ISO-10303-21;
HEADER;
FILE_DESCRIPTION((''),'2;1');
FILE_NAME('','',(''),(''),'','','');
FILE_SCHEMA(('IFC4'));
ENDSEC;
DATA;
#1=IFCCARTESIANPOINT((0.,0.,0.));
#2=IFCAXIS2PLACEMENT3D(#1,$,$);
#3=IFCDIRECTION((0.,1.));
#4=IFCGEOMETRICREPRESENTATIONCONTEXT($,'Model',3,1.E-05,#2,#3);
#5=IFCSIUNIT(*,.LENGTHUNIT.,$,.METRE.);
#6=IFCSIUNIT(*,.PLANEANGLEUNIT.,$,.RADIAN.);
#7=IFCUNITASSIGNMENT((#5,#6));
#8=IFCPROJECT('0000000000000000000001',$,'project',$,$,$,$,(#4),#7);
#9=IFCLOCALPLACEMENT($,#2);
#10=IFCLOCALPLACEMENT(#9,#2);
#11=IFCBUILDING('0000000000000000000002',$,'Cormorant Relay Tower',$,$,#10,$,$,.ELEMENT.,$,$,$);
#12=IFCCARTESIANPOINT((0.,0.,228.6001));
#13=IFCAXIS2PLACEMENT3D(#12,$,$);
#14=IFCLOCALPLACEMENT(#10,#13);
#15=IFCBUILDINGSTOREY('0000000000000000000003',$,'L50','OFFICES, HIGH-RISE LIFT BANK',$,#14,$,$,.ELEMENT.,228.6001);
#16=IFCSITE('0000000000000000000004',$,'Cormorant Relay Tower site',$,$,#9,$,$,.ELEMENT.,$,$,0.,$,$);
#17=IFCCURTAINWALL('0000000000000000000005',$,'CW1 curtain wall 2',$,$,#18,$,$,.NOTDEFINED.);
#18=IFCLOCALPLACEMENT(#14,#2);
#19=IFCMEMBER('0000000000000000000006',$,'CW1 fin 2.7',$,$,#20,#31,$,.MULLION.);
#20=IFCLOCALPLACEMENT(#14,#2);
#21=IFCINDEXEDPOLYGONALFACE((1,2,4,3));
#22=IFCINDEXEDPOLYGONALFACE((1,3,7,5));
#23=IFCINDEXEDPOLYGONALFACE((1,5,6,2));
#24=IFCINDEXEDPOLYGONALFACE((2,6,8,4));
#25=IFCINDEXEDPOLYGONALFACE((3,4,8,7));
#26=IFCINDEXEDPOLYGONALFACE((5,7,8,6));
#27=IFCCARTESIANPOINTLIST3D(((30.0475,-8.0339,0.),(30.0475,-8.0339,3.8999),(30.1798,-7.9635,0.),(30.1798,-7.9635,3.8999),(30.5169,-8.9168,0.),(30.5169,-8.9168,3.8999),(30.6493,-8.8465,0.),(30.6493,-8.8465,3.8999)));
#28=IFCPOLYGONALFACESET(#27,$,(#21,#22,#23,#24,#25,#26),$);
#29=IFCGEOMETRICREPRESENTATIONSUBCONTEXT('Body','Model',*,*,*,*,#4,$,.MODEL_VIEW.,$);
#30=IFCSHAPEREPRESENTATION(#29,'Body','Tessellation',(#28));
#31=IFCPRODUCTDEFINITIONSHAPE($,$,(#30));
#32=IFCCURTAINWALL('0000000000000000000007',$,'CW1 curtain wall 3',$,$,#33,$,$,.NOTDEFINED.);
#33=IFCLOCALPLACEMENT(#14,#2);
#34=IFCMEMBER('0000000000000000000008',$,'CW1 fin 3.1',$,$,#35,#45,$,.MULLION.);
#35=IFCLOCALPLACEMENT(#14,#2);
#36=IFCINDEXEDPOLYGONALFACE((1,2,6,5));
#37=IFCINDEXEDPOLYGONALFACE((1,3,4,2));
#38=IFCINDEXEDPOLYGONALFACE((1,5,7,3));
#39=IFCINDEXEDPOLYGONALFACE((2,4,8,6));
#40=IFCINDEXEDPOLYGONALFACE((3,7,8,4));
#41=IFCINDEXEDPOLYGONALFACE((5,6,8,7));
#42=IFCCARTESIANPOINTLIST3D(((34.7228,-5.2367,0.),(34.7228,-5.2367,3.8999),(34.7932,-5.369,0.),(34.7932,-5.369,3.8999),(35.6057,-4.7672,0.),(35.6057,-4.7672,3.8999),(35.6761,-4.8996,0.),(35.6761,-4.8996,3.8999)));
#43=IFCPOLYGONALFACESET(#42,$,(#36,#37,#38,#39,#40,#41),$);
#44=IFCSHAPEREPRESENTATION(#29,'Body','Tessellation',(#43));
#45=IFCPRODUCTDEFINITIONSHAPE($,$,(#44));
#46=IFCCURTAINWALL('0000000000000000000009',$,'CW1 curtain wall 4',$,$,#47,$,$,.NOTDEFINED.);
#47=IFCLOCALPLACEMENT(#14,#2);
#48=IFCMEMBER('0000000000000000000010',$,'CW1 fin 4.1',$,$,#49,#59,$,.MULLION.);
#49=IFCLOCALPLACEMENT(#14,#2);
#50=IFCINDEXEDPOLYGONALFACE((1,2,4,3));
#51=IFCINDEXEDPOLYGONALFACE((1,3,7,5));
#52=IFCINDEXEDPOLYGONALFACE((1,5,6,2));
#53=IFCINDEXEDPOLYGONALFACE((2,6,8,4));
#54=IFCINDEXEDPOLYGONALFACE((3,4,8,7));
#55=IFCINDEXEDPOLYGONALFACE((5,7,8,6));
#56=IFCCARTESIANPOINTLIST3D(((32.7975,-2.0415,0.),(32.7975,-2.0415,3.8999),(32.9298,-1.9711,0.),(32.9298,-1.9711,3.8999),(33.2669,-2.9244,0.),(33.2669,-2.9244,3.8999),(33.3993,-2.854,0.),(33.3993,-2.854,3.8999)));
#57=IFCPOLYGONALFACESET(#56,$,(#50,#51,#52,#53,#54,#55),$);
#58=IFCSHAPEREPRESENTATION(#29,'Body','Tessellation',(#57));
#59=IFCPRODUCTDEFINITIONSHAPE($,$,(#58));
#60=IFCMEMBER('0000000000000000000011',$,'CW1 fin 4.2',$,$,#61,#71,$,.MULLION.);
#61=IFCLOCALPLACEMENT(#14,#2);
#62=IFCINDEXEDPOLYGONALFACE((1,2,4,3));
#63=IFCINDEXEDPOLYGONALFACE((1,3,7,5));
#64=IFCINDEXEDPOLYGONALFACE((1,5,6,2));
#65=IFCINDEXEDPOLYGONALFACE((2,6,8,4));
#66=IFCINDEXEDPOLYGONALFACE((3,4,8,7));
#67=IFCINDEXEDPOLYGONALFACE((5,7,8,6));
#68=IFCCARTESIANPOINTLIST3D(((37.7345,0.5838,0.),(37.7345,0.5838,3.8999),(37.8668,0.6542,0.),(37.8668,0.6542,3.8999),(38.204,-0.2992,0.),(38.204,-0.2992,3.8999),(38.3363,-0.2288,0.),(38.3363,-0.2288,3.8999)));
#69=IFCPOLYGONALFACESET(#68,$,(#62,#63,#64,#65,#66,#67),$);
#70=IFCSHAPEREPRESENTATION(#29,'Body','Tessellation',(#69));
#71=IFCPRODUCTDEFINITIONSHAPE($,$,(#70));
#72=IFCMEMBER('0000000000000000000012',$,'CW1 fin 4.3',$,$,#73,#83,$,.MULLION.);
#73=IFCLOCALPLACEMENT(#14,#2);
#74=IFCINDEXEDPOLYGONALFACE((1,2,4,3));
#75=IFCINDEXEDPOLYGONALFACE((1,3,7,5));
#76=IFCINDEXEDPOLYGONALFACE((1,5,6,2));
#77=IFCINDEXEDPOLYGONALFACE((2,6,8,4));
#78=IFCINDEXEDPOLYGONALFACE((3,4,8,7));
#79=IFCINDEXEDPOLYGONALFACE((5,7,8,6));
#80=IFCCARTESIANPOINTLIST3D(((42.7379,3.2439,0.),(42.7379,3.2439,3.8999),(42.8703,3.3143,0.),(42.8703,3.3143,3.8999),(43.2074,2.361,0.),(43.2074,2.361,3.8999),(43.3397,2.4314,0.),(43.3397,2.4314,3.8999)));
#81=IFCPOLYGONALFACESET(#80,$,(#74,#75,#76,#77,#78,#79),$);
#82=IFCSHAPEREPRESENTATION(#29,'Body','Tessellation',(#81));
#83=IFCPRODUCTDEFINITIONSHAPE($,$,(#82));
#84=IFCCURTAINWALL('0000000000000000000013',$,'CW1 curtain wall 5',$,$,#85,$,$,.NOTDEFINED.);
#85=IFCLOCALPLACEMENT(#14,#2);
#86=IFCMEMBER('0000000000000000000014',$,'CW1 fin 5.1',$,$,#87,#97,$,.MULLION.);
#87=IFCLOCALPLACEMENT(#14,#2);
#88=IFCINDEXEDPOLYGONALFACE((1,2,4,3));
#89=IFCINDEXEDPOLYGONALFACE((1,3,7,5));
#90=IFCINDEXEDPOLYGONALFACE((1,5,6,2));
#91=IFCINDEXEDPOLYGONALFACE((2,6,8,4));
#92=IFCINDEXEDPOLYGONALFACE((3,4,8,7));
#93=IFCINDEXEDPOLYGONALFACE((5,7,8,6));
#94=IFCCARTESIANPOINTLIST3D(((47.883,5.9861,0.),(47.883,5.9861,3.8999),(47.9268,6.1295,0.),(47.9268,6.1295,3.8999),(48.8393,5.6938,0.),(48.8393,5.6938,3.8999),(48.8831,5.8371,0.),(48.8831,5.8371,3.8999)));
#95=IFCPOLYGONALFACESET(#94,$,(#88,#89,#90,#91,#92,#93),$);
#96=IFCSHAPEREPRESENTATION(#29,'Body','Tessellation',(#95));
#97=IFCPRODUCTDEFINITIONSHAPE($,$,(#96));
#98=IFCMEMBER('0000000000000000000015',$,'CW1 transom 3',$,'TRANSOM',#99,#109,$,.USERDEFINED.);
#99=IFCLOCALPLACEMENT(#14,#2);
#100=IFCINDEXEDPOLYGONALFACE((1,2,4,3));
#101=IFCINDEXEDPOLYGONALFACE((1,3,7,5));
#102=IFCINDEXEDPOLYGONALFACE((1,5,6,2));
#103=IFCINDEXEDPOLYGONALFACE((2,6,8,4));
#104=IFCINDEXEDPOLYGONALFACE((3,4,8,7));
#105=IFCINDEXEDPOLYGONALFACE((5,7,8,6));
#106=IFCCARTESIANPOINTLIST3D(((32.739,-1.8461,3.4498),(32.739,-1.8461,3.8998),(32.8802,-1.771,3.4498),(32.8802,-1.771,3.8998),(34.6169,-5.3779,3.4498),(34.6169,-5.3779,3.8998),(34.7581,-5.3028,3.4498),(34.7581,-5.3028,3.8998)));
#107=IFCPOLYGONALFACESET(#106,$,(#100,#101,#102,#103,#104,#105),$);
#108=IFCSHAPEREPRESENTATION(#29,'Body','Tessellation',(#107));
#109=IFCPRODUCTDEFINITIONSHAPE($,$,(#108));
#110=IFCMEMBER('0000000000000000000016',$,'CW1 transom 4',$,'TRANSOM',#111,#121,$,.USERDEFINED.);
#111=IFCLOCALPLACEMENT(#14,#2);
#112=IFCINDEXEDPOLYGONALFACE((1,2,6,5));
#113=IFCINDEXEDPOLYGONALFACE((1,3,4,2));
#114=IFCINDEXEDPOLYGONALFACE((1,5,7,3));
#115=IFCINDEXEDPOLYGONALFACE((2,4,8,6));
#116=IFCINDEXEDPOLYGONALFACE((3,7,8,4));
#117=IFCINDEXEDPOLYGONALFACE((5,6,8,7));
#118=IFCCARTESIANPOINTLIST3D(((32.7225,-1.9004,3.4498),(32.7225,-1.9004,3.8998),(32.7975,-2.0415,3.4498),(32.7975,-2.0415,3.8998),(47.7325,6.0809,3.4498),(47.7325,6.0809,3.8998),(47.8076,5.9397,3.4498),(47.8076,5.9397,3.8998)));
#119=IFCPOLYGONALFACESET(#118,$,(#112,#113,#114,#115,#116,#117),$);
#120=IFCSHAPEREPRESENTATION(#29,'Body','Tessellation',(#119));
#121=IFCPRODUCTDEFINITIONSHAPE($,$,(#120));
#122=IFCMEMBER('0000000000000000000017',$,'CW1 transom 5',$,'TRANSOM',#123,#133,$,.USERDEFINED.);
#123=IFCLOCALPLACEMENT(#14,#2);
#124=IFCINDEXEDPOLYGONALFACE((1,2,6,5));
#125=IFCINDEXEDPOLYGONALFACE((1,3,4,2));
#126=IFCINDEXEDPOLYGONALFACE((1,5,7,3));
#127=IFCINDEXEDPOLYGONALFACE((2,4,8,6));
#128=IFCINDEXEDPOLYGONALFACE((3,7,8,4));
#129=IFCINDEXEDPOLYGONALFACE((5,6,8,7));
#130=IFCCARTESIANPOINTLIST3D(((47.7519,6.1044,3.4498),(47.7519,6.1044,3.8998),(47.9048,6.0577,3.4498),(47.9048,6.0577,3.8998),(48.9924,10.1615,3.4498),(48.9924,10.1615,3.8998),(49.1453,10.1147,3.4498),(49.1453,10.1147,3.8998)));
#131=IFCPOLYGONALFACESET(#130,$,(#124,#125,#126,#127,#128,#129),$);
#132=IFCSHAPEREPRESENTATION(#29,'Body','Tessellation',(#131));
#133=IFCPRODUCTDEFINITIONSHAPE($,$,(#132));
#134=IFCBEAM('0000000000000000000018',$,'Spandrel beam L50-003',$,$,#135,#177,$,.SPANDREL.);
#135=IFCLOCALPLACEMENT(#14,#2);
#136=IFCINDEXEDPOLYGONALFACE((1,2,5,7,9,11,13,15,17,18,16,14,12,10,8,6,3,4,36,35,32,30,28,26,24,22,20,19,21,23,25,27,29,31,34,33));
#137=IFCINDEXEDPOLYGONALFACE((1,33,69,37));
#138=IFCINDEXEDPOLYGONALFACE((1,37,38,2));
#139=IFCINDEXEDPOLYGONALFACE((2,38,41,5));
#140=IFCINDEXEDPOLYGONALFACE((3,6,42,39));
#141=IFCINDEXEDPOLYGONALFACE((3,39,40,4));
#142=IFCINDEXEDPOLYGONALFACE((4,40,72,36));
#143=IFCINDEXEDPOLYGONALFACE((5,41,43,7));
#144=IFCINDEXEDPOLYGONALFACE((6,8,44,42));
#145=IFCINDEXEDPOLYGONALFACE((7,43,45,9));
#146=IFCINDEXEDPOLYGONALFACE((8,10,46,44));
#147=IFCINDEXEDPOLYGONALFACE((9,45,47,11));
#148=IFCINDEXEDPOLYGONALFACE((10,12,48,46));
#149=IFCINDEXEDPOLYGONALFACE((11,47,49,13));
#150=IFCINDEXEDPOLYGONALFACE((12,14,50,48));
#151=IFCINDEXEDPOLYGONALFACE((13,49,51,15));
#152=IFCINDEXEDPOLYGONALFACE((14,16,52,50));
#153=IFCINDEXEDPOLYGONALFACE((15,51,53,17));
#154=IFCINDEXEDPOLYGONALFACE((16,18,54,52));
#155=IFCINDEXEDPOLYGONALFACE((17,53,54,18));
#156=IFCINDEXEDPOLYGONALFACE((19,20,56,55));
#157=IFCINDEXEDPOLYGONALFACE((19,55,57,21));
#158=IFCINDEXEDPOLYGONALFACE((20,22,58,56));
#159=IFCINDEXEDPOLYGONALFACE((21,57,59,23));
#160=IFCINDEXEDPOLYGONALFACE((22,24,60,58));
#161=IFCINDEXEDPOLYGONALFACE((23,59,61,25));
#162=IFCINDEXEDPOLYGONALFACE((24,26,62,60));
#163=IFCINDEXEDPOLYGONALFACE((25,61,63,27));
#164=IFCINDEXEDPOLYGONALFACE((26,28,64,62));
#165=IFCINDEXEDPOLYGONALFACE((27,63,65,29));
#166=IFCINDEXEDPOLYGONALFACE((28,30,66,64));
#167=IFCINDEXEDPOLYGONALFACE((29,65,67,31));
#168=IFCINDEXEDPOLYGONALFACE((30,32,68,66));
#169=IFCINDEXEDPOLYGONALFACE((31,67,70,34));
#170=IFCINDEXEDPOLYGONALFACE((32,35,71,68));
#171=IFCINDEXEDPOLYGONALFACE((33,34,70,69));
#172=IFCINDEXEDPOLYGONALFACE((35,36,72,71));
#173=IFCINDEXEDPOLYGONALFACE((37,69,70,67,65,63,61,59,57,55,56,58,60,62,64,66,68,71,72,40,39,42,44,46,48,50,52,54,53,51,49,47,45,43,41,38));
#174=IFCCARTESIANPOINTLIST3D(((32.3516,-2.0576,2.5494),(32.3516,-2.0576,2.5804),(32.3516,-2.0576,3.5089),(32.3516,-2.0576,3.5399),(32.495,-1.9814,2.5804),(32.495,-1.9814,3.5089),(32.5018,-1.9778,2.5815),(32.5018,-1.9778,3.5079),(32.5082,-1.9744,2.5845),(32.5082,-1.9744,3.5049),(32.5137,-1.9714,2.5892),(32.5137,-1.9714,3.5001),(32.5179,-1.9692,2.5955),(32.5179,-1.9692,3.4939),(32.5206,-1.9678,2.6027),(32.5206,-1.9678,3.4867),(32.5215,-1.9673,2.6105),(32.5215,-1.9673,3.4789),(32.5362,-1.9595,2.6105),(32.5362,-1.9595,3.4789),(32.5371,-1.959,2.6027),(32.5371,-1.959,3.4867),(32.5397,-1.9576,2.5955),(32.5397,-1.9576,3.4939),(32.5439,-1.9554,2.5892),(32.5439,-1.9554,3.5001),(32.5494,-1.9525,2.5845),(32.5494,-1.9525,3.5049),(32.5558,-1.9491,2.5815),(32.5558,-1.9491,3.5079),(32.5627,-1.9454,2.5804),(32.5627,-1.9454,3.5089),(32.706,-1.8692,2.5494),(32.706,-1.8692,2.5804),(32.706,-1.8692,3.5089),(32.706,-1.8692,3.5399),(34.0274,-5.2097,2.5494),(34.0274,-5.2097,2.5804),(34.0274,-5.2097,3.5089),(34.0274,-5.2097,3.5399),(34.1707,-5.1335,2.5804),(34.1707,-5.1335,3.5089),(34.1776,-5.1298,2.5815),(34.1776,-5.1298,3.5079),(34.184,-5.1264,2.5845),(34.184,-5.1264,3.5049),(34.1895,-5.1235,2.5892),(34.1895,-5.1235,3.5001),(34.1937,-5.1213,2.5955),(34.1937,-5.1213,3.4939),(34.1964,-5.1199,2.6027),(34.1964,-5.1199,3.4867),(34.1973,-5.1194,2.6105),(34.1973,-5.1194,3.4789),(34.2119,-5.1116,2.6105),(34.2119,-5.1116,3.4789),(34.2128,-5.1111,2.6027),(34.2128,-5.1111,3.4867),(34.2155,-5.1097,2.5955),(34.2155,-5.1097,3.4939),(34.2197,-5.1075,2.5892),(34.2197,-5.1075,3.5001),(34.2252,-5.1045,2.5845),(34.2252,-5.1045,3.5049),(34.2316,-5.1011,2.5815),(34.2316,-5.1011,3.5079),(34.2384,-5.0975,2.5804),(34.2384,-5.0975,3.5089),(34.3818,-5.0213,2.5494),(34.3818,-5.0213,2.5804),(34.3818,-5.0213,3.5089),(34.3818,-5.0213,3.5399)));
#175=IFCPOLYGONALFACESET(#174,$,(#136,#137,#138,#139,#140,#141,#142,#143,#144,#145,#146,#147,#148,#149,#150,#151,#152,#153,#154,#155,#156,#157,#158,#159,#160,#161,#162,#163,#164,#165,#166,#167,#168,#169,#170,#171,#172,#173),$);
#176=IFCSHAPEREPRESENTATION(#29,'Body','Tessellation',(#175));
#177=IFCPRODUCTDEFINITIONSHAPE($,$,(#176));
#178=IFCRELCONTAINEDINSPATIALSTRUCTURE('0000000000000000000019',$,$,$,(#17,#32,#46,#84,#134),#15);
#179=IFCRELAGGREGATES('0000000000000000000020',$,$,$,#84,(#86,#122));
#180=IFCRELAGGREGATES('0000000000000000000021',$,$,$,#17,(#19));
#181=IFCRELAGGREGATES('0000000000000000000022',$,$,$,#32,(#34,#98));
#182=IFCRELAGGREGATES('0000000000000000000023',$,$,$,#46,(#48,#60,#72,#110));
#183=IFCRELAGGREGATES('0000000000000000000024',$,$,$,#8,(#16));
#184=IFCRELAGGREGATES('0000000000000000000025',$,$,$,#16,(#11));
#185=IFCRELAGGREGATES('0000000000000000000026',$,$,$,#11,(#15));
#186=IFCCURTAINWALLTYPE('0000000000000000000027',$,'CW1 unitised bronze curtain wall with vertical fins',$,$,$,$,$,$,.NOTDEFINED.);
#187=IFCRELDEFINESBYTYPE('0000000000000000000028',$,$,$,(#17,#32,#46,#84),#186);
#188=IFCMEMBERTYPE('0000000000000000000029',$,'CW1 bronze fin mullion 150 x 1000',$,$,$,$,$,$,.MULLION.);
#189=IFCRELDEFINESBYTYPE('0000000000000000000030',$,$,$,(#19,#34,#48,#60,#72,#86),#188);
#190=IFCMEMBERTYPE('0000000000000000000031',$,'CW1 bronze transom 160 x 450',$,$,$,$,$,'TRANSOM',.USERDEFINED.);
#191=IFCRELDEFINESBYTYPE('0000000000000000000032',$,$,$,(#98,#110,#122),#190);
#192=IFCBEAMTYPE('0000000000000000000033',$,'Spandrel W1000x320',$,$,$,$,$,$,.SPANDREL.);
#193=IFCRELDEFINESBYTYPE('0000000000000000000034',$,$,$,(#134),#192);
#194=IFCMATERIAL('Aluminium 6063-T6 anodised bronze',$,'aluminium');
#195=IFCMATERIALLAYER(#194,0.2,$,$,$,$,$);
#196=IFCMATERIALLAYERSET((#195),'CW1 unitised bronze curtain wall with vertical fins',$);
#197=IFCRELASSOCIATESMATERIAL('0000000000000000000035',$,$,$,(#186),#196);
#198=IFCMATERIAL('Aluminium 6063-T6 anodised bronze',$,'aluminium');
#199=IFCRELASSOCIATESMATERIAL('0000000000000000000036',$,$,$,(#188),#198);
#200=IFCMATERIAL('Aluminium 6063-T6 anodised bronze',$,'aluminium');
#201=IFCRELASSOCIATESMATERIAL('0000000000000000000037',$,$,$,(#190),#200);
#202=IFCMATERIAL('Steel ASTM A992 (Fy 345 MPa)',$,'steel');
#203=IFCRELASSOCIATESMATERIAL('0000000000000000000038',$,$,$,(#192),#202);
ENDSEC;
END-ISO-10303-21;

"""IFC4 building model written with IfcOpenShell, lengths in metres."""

from ifc_helpers import new_model, si_unit, direction, frame, origin, origin_2d, place, context, subcontext, project, spatial, rectangle, i_section, extrude, material, layer, layer_set, material_profile, profile_set, type_object, element, aggregate, save


model = new_model("IFC4")

# Units and contexts
model_context = context("Model", 3, precision=1e-05, world=origin(), true_north=direction((0.0, 1.0)))
body_context = subcontext(model_context, "Body", "Model", "MODEL_VIEW")
ifc_project = project(units=[si_unit("LENGTHUNIT", "METRE"), si_unit("PLANEANGLEUNIT", "RADIAN")], contexts=[model_context])

# Site, building, storey
site_placement = place(None, origin())
site = spatial("IfcSite", under=ifc_project, at=site_placement, Name="Cormorant Relay Tower site", CompositionType="ELEMENT", RefElevation=0.0)
building_placement = place(site_placement, origin())
building = spatial("IfcBuilding", under=site, at=building_placement, Name="Cormorant Relay Tower", CompositionType="ELEMENT")
storey_placement = place(building_placement, frame((0.0, 0.0, 228.6001)))
storey = spatial("IfcBuildingStorey", under=building, at=storey_placement, Name="L50", Description="OFFICES, HIGH-RISE LIFT BANK", CompositionType="ELEMENT", Elevation=228.6001)

# Curtain walls, members
ifc_material_1 = material(Name="Aluminium 6063-T6 anodised bronze", Category="aluminium")
ifc_layer_1 = layer(ifc_material_1, 0.2)
ifc_layer_set_1 = layer_set([ifc_layer_1], Name="CW1 unitised bronze curtain wall with vertical fins")
curtain_wall_type = type_object("IfcCurtainWallType", Name="CW1 unitised bronze curtain wall with vertical fins", PredefinedType="NOTDEFINED", material=ifc_layer_set_1)
curtain_wall_1_placement = place(storey_placement, origin())
curtain_wall_1 = element("IfcCurtainWall", 1, at=curtain_wall_1_placement, inside=storey, type_object=curtain_wall_type, Name="CW1 curtain wall 2", PredefinedType="NOTDEFINED")
ifc_material_2 = material(Name="Aluminium 6063-T6 anodised bronze", Category="aluminium")
ifc_material_profile_1 = material_profile(ifc_material_2, rectangle(XDim=0.1499, YDim=1.0, at=origin_2d()), Name="AL 150x1000")
ifc_profile_set_1 = profile_set([ifc_material_profile_1], Name="Aluminium 6063-T6 anodised bronze")
member_type_1 = type_object("IfcMemberType", Name="CW1 bronze fin mullion 150 x 1000", PredefinedType="MULLION", material=ifc_profile_set_1)
member_1_placement = place(storey_placement, frame((30.3484, -8.4402, 0.0), z_axis=(0.0, 0.0, 1.0), x_axis=(0.882948, 0.469472, 0.0)))
member_1 = element("IfcMember", 2, at=member_1_placement, type_object=member_type_1, Name="CW1 fin 2.7", PredefinedType="MULLION", context=body_context, shape_type="SweptSolid", body=[
    extrude(rectangle(XDim=0.1499, YDim=1.0, at=origin_2d()), origin(), (0.0, 0.0, 1.0), 3.8999),
])
curtain_wall_2_placement = place(storey_placement, origin())
curtain_wall_2 = element("IfcCurtainWall", 3, at=curtain_wall_2_placement, inside=storey, type_object=curtain_wall_type, Name="CW1 curtain wall 3", PredefinedType="NOTDEFINED")
member_2_placement = place(storey_placement, frame((35.1995, -5.0681, 0.0), z_axis=(0.0, 0.0, 1.0), x_axis=(-0.469472, 0.882948, 0.0)))
member_2 = element("IfcMember", 4, at=member_2_placement, type_object=member_type_1, Name="CW1 fin 3.1", PredefinedType="MULLION", context=body_context, shape_type="SweptSolid", body=[
    extrude(rectangle(XDim=0.1499, YDim=1.0, at=origin_2d()), origin(), (0.0, 0.0, 1.0), 3.8999),
])

# Curtain wall, members
curtain_wall_3_placement = place(storey_placement, origin())
curtain_wall_3 = element("IfcCurtainWall", 5, at=curtain_wall_3_placement, inside=storey, type_object=curtain_wall_type, Name="CW1 curtain wall 4", PredefinedType="NOTDEFINED")
member_3_placement = place(storey_placement, frame((33.0984, -2.4478, 0.0), z_axis=(0.0, 0.0, 1.0), x_axis=(0.882948, 0.469472, 0.0)))
member_3 = element("IfcMember", 6, at=member_3_placement, type_object=member_type_1, Name="CW1 fin 4.1", PredefinedType="MULLION", context=body_context, shape_type="SweptSolid", body=[
    extrude(rectangle(XDim=0.1499, YDim=1.0, at=origin_2d()), origin(), (0.0, 0.0, 1.0), 3.8999),
])
member_4_placement = place(storey_placement, frame((38.0354, 0.1775, 0.0), z_axis=(0.0, 0.0, 1.0), x_axis=(0.882948, 0.469472, 0.0)))
member_4 = element("IfcMember", 7, at=member_4_placement, type_object=member_type_1, Name="CW1 fin 4.2", PredefinedType="MULLION", context=body_context, shape_type="SweptSolid", body=[
    extrude(rectangle(XDim=0.1499, YDim=1.0, at=origin_2d()), origin(), (0.0, 0.0, 1.0), 3.8999),
])
member_5_placement = place(storey_placement, frame((43.0388, 2.8376, 0.0), z_axis=(0.0, 0.0, 1.0), x_axis=(0.882948, 0.469472, 0.0)))
member_5 = element("IfcMember", 8, at=member_5_placement, type_object=member_type_1, Name="CW1 fin 4.3", PredefinedType="MULLION", context=body_context, shape_type="SweptSolid", body=[
    extrude(rectangle(XDim=0.1499, YDim=1.0, at=origin_2d()), origin(), (0.0, 0.0, 1.0), 3.8999),
])

# Curtain wall, member
curtain_wall_4_placement = place(storey_placement, origin())
curtain_wall_4 = element("IfcCurtainWall", 9, at=curtain_wall_4_placement, inside=storey, type_object=curtain_wall_type, Name="CW1 curtain wall 5", PredefinedType="NOTDEFINED")
member_6_placement = place(storey_placement, frame((48.3831, 5.9116, 0.0), z_axis=(0.0, 0.0, 1.0), x_axis=(0.292372, 0.956305, 0.0)))
member_6 = element("IfcMember", 10, at=member_6_placement, type_object=member_type_1, Name="CW1 fin 5.1", PredefinedType="MULLION", context=body_context, shape_type="SweptSolid", body=[
    extrude(rectangle(XDim=0.1499, YDim=1.0, at=origin_2d()), origin(), (0.0, 0.0, 1.0), 3.8999),
])

# Members
ifc_material_3 = material(Name="Aluminium 6063-T6 anodised bronze", Category="aluminium")
ifc_material_profile_2 = material_profile(ifc_material_3, rectangle(XDim=0.1599, YDim=0.45, at=origin_2d()), Name="AL 160x450")
ifc_profile_set_2 = profile_set([ifc_material_profile_2], Name="Aluminium 6063-T6 anodised bronze")
member_type_2 = type_object("IfcMemberType", Name="CW1 bronze transom 160 x 450", ElementType="TRANSOM", PredefinedType="USERDEFINED", material=ifc_profile_set_2)
member_7_placement = place(storey_placement, frame((34.6875, -5.3403, 3.6748), z_axis=(-0.469485, 0.88294, 0.0), x_axis=(-0.88294, -0.469485, 0.0)))
member_7 = element("IfcMember", 11, at=member_7_placement, type_object=member_type_2, Name="CW1 transom 3", ObjectType="TRANSOM", PredefinedType="USERDEFINED", context=body_context, shape_type="SweptSolid", body=[
    extrude(rectangle(XDim=0.1599, YDim=0.45, at=origin_2d()), origin(), (0.0, 0.0, 1.0), 4.0),
])
member_8_placement = place(storey_placement, frame((32.76, -1.9709, 3.6748), z_axis=(0.882942, 0.469482, 0.0), x_axis=(-0.469482, 0.882942, 0.0)))
member_8 = element("IfcMember", 12, at=member_8_placement, type_object=member_type_2, Name="CW1 transom 4", ObjectType="TRANSOM", PredefinedType="USERDEFINED", context=body_context, shape_type="SweptSolid", body=[
    extrude(rectangle(XDim=0.1599, YDim=0.45, at=origin_2d()), origin(), (0.0, 0.0, 1.0), 17.0),
])
member_9_placement = place(storey_placement, frame((47.8284, 6.0811, 3.6748), z_axis=(0.292391, 0.956299, 0.0), x_axis=(-0.956299, 0.292391, 0.0)))
member_9 = element("IfcMember", 13, at=member_9_placement, type_object=member_type_2, Name="CW1 transom 5", ObjectType="TRANSOM", PredefinedType="USERDEFINED", context=body_context, shape_type="SweptSolid", body=[
    extrude(rectangle(XDim=0.1599, YDim=0.45, at=origin_2d()), origin(), (0.0, 0.0, 1.0), 4.2424),
])
aggregate(curtain_wall_4, [member_6, member_9])

# Beam
ifc_material_4 = material(Name="Steel ASTM A992 (Fy 345 MPa)", Category="steel")
ifc_material_profile_3 = material_profile(ifc_material_4, i_section(OverallWidth=0.4014, OverallDepth=0.9905, WebThickness=0.0166, FlangeThickness=0.031, FilletRadius=0.03, at=origin_2d()), Name="W1000x320")
ifc_profile_set_3 = profile_set([ifc_material_profile_3], Name="Steel ASTM A992 (Fy 345 MPa)")
beam_type = type_object("IfcBeamType", Name="Spandrel W1000x320", PredefinedType="SPANDREL", material=ifc_profile_set_3)
beam_1_placement = place(storey_placement, frame((34.2046, -5.1155, 3.0447), z_axis=(-0.469424, 0.882973, 0.0), x_axis=(-0.882973, -0.469424, 0.0)))
element("IfcBeam", 14, at=beam_1_placement, inside=storey, type_object=beam_type, Name="Spandrel beam L50-003", PredefinedType="SPANDREL", context=body_context, shape_type="SweptSolid", body=[
    extrude(i_section(OverallWidth=0.4014, OverallDepth=0.9905, WebThickness=0.0166, FlangeThickness=0.031, FilletRadius=0.03, at=origin_2d()), origin(), (0.0, 0.0, 1.0), 3.5698),
])

aggregate(curtain_wall_1, [member_1])
aggregate(curtain_wall_2, [member_2, member_7])
aggregate(curtain_wall_3, [member_3, member_4, member_5, member_8])

save(model, "model.ifc")
